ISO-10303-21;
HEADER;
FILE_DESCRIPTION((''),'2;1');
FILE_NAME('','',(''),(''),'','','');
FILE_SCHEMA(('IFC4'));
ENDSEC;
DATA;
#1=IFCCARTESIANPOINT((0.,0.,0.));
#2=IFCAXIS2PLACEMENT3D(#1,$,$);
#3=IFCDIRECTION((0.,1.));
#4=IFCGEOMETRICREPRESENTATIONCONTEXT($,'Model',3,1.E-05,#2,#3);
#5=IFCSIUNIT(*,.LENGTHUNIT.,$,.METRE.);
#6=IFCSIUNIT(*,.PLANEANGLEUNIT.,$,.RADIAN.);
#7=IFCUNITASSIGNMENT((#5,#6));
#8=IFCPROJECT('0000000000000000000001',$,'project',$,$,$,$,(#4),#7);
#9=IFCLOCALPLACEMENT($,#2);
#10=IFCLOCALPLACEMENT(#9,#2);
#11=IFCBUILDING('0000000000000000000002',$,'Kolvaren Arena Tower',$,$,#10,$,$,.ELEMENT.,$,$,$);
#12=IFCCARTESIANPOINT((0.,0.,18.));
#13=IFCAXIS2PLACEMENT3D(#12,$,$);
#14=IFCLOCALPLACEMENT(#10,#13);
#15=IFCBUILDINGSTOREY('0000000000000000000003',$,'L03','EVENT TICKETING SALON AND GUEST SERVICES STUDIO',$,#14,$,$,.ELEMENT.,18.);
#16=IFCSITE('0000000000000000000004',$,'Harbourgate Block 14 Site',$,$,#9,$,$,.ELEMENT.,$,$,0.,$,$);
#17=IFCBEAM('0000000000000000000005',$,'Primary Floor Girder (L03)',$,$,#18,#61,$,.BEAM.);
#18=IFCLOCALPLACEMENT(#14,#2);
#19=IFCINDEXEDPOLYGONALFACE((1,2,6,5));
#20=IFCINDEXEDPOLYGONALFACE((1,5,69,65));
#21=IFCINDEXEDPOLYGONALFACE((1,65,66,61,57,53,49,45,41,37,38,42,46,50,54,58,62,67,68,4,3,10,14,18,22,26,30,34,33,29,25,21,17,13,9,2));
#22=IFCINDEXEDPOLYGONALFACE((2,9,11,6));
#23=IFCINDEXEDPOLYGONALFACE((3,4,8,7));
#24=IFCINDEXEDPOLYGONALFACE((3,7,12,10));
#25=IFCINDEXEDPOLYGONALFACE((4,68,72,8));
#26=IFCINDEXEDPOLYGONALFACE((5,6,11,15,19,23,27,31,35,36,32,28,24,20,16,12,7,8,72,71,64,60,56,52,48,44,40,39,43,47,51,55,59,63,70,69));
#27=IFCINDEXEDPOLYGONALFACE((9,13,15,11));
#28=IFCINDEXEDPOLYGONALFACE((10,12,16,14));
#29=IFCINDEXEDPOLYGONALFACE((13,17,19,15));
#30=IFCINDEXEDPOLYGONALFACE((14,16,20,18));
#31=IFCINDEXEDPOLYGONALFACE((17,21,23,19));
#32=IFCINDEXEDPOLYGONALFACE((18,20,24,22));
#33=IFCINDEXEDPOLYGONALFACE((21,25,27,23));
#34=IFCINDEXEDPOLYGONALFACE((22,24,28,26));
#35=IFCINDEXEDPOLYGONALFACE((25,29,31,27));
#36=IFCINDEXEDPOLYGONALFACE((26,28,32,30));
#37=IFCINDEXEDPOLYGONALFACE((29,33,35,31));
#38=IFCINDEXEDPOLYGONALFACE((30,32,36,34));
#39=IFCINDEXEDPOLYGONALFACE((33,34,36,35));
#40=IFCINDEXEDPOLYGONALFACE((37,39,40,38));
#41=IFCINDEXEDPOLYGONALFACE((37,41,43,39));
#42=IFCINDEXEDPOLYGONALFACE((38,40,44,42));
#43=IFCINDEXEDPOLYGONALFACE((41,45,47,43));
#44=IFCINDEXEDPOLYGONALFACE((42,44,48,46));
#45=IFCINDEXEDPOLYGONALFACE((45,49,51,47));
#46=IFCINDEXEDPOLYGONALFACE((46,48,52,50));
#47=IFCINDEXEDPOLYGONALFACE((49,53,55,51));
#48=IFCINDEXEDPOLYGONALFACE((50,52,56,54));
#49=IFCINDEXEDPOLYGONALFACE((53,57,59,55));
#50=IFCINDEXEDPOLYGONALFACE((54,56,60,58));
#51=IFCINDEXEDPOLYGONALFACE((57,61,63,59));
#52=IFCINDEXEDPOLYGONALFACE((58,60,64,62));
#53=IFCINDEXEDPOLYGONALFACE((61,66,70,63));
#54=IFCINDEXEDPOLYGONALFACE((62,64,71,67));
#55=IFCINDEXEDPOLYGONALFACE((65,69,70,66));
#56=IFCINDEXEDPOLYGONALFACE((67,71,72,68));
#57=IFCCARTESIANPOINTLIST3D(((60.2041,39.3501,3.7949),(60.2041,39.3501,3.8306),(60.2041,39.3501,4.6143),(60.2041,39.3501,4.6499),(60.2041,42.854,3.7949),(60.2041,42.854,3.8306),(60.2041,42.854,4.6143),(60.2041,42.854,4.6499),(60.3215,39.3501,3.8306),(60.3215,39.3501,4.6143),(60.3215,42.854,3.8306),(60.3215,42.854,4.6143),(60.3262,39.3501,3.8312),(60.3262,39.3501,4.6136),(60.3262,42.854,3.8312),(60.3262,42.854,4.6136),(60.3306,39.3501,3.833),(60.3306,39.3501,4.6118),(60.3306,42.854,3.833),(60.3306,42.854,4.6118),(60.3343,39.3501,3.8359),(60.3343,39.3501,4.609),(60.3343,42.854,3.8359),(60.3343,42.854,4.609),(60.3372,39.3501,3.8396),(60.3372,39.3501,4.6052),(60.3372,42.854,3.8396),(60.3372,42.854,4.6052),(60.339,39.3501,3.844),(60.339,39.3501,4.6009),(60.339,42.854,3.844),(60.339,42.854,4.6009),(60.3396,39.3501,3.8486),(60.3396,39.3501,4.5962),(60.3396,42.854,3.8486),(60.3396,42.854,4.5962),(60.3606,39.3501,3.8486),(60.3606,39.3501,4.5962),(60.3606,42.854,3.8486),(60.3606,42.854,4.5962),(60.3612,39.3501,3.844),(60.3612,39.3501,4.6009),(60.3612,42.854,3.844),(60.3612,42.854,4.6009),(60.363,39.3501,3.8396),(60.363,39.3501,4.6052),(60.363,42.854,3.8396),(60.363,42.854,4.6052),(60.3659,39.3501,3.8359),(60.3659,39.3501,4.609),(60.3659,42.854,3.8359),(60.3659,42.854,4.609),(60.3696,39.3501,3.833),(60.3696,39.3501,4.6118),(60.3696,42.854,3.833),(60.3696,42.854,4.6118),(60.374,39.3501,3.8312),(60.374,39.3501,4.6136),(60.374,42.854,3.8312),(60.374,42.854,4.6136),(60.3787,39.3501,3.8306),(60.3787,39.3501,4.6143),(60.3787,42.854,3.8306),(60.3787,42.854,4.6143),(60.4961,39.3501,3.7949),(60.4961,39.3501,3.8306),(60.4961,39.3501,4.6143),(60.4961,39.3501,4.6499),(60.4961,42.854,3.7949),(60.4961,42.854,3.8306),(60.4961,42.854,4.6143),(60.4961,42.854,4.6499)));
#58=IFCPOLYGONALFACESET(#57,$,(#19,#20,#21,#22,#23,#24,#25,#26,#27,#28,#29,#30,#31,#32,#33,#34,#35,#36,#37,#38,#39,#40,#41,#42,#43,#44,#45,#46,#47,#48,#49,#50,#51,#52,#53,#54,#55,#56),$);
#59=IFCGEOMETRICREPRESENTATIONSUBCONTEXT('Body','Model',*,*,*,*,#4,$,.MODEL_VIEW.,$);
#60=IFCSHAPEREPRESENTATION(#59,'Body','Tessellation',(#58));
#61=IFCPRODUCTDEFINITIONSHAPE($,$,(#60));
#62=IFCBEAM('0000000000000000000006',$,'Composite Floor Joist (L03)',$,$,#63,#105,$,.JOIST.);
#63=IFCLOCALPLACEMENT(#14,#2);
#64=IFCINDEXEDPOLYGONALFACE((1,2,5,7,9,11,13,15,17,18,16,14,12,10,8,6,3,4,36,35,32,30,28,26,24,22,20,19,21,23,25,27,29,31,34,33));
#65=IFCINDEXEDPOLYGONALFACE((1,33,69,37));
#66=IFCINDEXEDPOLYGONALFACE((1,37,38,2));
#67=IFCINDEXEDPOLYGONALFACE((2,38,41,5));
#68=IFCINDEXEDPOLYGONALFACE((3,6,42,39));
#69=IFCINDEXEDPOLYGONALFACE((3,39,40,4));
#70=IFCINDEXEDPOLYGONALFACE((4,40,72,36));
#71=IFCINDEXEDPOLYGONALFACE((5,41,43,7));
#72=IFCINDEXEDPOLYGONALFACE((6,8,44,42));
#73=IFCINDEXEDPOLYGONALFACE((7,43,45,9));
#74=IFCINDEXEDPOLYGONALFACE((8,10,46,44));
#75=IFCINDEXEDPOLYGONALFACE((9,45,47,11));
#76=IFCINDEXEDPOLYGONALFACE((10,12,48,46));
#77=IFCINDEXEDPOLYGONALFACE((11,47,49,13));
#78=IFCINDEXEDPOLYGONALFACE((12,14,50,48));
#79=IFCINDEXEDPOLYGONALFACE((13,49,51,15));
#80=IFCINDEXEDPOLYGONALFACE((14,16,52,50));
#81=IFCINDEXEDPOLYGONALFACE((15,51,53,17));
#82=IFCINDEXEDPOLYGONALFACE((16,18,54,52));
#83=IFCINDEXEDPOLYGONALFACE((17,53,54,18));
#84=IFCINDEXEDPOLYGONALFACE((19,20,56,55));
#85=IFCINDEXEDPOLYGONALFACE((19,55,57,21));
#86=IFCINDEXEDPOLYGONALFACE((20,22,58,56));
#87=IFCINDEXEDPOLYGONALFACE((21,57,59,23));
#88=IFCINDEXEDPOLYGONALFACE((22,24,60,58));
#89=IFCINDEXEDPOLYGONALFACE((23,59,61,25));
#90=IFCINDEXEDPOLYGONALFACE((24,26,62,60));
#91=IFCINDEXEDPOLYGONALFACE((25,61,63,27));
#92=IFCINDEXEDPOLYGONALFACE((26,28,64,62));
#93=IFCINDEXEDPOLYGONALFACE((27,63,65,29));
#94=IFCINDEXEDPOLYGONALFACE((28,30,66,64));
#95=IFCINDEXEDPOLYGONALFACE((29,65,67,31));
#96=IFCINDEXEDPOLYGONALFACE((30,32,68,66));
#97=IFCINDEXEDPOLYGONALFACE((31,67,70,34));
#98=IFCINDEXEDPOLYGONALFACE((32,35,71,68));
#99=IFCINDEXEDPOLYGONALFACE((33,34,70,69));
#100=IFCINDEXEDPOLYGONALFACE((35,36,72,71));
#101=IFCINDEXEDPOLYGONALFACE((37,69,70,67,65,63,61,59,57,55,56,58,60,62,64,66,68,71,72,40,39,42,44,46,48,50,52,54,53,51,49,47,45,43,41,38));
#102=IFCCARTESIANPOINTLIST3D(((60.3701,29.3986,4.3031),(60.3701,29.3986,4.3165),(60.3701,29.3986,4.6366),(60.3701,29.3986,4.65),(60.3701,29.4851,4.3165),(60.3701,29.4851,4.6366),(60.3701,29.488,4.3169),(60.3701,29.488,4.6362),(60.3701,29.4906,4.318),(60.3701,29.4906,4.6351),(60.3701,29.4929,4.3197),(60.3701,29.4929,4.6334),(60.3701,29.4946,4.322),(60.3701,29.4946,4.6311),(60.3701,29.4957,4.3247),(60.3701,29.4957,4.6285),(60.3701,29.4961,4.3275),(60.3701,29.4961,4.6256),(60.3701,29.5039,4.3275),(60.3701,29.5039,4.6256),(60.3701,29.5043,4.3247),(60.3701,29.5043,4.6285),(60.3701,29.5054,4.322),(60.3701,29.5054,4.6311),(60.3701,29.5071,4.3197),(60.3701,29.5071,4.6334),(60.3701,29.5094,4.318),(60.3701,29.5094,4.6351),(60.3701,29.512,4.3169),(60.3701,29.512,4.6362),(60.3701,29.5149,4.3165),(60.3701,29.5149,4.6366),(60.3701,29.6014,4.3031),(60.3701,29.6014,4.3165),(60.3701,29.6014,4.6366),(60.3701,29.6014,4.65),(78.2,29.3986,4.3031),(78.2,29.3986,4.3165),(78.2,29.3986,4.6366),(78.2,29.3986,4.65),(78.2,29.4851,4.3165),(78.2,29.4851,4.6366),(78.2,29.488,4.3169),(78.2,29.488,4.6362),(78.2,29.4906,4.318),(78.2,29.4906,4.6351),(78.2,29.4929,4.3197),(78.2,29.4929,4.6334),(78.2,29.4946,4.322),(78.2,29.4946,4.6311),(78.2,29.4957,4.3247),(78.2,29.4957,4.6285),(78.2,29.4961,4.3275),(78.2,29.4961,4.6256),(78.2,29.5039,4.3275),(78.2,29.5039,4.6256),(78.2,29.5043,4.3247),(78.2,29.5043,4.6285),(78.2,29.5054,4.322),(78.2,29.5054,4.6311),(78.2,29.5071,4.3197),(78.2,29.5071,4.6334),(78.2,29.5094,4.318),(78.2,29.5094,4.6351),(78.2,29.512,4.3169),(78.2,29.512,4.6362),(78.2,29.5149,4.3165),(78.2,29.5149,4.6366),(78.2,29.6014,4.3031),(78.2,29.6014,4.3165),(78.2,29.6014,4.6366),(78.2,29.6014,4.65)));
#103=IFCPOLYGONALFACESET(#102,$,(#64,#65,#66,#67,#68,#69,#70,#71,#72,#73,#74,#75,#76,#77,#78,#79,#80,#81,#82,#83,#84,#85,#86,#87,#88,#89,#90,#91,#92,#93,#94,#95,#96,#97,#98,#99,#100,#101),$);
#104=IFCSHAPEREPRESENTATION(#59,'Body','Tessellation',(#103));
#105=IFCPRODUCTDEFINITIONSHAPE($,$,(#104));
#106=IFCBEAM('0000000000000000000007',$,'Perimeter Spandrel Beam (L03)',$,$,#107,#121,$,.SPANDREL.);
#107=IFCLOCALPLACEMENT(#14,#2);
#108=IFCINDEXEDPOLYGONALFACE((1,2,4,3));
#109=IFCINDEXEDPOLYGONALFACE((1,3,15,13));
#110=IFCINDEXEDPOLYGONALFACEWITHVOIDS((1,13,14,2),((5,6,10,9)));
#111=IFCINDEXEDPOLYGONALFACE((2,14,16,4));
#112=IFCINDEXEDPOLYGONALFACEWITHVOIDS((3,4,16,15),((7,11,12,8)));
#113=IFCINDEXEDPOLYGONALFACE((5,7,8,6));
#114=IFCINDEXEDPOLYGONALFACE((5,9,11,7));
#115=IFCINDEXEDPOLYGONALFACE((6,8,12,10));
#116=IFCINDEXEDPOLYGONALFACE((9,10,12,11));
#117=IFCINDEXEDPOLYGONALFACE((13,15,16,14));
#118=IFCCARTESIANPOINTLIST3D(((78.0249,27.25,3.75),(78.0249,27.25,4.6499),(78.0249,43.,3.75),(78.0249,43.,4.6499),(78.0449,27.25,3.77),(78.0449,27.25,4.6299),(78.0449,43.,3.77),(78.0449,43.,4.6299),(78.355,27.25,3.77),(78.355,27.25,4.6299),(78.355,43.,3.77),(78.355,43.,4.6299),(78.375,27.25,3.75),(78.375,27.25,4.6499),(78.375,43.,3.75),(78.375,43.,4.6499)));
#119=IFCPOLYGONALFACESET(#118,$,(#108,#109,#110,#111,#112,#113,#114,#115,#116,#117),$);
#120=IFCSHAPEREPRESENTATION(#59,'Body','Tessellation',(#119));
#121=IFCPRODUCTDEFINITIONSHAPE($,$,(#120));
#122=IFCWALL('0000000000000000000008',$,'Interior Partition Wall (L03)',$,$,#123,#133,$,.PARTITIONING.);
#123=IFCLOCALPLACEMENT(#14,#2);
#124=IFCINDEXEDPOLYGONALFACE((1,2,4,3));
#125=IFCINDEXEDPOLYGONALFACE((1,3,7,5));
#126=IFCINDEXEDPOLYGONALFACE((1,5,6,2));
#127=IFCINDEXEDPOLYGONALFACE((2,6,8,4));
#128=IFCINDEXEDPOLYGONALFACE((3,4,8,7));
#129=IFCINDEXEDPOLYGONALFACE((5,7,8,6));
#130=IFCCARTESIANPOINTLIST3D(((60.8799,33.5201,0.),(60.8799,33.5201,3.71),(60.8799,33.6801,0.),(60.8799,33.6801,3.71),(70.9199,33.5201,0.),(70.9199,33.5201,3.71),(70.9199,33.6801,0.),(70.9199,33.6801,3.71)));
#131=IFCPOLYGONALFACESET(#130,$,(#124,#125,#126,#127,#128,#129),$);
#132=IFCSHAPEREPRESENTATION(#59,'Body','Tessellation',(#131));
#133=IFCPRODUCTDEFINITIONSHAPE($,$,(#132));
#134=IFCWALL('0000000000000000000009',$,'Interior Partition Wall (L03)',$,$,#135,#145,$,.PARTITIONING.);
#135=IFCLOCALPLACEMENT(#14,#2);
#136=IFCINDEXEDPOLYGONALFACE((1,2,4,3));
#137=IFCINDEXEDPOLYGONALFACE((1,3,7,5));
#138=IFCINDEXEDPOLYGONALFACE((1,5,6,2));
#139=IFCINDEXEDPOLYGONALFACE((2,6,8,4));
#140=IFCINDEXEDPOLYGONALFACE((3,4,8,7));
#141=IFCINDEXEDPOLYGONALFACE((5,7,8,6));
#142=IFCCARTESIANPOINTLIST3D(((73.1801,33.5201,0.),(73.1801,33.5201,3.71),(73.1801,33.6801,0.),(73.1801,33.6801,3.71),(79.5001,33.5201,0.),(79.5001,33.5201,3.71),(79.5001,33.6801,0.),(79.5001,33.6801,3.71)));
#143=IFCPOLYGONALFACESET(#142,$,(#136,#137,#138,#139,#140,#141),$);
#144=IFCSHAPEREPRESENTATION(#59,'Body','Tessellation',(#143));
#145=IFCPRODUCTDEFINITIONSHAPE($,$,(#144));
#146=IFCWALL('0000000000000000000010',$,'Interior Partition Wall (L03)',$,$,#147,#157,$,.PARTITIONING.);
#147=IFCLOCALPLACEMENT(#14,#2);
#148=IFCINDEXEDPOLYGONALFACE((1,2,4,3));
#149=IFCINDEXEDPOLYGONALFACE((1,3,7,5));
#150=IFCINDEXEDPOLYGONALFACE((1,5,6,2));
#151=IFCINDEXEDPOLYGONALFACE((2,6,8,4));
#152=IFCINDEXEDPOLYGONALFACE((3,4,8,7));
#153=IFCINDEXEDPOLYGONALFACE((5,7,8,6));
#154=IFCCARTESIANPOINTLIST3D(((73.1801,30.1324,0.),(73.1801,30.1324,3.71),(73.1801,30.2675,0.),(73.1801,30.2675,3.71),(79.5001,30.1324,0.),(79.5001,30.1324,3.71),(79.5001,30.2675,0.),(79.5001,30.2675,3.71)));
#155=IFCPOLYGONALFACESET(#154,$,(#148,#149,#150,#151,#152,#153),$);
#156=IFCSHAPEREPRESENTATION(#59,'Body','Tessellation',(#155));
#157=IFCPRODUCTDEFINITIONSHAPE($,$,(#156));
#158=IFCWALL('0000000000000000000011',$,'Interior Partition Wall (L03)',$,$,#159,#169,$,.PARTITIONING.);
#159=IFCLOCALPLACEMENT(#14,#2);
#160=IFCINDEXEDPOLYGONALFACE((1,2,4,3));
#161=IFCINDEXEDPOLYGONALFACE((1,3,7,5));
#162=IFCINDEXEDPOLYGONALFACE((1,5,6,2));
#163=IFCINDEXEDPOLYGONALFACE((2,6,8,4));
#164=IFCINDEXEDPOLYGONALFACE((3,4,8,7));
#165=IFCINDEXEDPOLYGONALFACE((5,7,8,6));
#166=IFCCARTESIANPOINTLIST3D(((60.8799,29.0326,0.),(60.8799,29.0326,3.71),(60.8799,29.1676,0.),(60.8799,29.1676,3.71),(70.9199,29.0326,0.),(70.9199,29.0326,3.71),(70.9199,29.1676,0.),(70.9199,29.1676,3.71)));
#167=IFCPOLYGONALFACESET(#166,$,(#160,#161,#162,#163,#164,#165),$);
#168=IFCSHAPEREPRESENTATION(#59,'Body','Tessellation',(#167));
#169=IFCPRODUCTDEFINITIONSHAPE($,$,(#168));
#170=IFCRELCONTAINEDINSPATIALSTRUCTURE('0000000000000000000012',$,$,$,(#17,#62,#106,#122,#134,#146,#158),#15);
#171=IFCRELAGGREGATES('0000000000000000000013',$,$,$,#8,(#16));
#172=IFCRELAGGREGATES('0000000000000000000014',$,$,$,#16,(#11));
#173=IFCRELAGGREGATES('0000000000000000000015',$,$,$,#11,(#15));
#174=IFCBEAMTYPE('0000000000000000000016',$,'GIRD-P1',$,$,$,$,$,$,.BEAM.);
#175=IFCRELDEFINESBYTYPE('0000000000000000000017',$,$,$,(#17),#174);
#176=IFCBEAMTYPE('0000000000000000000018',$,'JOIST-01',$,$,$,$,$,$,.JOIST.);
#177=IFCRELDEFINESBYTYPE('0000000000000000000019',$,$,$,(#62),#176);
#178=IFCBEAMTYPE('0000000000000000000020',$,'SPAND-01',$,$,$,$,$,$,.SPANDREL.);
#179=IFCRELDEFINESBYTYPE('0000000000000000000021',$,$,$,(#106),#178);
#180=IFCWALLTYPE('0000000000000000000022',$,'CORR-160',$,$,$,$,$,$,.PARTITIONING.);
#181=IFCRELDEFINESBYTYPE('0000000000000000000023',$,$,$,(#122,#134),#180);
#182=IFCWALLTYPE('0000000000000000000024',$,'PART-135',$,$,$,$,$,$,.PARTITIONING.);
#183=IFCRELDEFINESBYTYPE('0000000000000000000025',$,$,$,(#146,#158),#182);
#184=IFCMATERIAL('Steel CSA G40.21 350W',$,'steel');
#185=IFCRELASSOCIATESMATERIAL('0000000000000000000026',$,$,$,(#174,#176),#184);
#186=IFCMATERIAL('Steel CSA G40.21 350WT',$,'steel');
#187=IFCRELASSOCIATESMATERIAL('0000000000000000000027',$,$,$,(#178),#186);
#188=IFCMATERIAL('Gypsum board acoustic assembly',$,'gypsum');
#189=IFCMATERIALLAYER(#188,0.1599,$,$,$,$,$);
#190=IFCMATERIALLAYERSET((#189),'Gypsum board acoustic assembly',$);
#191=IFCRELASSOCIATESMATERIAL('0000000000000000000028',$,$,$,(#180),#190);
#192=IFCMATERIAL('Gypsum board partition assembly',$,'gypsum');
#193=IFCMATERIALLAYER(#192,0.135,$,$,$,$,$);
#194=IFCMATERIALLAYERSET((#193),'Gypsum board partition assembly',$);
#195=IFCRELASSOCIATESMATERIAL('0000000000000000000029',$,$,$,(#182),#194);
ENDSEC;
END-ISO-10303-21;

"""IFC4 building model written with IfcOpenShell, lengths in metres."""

from ifc_helpers import new_model, si_unit, direction, frame, frame_2d, origin, origin_2d, place, context, subcontext, project, spatial, rectangle, hollow_rectangle, i_section, extrude, material, layer, layer_set, material_profile, profile_set, type_object, element, save


model = new_model("IFC4")

# Units and contexts
model_context = context("Model", 3, precision=1e-05, world=origin(), true_north=direction((0.0, 1.0)))
body_context = subcontext(model_context, "Body", "Model", "MODEL_VIEW")
ifc_project = project(units=[si_unit("LENGTHUNIT", "METRE"), si_unit("PLANEANGLEUNIT", "RADIAN")], contexts=[model_context])

# Site, building, storey
site_placement = place(None, origin())
site = spatial("IfcSite", under=ifc_project, at=site_placement, Name="Harbourgate Block 14 Site", CompositionType="ELEMENT", RefElevation=0.0)
building_placement = place(site_placement, origin())
building = spatial("IfcBuilding", under=site, at=building_placement, Name="Kolvaren Arena Tower", CompositionType="ELEMENT")
storey_placement = place(building_placement, frame((0.0, 0.0, 18.0)))
storey = spatial("IfcBuildingStorey", under=building, at=storey_placement, Name="L03", Description="EVENT TICKETING SALON AND GUEST SERVICES STUDIO", CompositionType="ELEMENT", Elevation=18.0)

# Beams
ifc_material_1 = material(Name="Steel CSA G40.21 350W", Category="steel")
ifc_material_profile_1 = material_profile(ifc_material_1, i_section(OverallWidth=0.292, OverallDepth=0.855, WebThickness=0.021, FlangeThickness=0.0356, FilletRadius=0.0181, at=origin_2d()), Name="W840x299")
ifc_profile_set_1 = profile_set([ifc_material_profile_1], Name="Steel CSA G40.21 350W")
beam_type_1 = type_object("IfcBeamType", Name="GIRD-P1", PredefinedType="BEAM", material=ifc_profile_set_1)
beam_1_placement = place(storey_placement, frame((60.3501, 39.3501, 4.2224), z_axis=(0.0, 1.0, 0.0), x_axis=(-1.0, 0.0, 0.0)))
element("IfcBeam", 1, at=beam_1_placement, inside=storey, type_object=beam_type_1, Name="Primary Floor Girder (L03)", PredefinedType="BEAM", context=body_context, shape_type="SweptSolid", body=[
    extrude(i_section(OverallWidth=0.292, OverallDepth=0.855, WebThickness=0.021, FlangeThickness=0.0356, FilletRadius=0.0181, at=origin_2d()), origin(), (0.0, 0.0, 1.0), 3.5039),
])
ifc_material_profile_2 = material_profile(ifc_material_1, i_section(OverallWidth=0.2029, OverallDepth=0.3469, WebThickness=0.0078, FlangeThickness=0.0134, FilletRadius=0.011, at=origin_2d()), Name="W360x64")
ifc_profile_set_2 = profile_set([ifc_material_profile_2], Name="Steel CSA G40.21 350W")
beam_type_2 = type_object("IfcBeamType", Name="JOIST-01", PredefinedType="JOIST", material=ifc_profile_set_2)
beam_2_placement = place(storey_placement, frame((60.3701, 29.5, 4.4766), z_axis=(1.0, 0.0, 0.0), x_axis=(0.0, 1.0, 0.0)))
element("IfcBeam", 2, at=beam_2_placement, inside=storey, type_object=beam_type_2, Name="Composite Floor Joist (L03)", PredefinedType="JOIST", context=body_context, shape_type="SweptSolid", body=[
    extrude(i_section(OverallWidth=0.2029, OverallDepth=0.3469, WebThickness=0.0078, FlangeThickness=0.0134, FilletRadius=0.011, at=origin_2d()), origin(), (0.0, 0.0, 1.0), 17.8298),
])
ifc_material_2 = material(Name="Steel CSA G40.21 350WT", Category="steel")
ifc_material_profile_3 = material_profile(ifc_material_2, hollow_rectangle(XDim=0.3501, YDim=0.8999, WallThickness=0.02, at=origin_2d()), Name="HSS 900x350x20")
ifc_profile_set_3 = profile_set([ifc_material_profile_3], Name="Steel CSA G40.21 350WT")
beam_type_3 = type_object("IfcBeamType", Name="SPAND-01", PredefinedType="SPANDREL", material=ifc_profile_set_3)
beam_3_placement = place(storey_placement, frame((78.2, 27.25, 4.2), z_axis=(0.0, 1.0, 0.0), x_axis=(-1.0, 0.0, 0.0)))
element("IfcBeam", 3, at=beam_3_placement, inside=storey, type_object=beam_type_3, Name="Perimeter Spandrel Beam (L03)", PredefinedType="SPANDREL", context=body_context, shape_type="SweptSolid", body=[
    extrude(hollow_rectangle(XDim=0.3501, YDim=0.8999, WallThickness=0.02, at=origin_2d()), origin(), (0.0, 0.0, 1.0), 15.75),
])

# Walls
ifc_material_3 = material(Name="Gypsum board acoustic assembly", Category="gypsum")
ifc_layer_1 = layer(ifc_material_3, 0.1599)
ifc_layer_set_1 = layer_set([ifc_layer_1], Name="Gypsum board acoustic assembly")
wall_type_1 = type_object("IfcWallType", Name="CORR-160", PredefinedType="PARTITIONING", material=ifc_layer_set_1)
wall_1_placement = place(storey_placement, frame((60.8799, 33.6001, 0.0), z_axis=(0.0, 0.0, 1.0), x_axis=(1.0, 0.0, 0.0)))
element("IfcWall", 4, at=wall_1_placement, inside=storey, type_object=wall_type_1, Name="Interior Partition Wall (L03)", PredefinedType="PARTITIONING", context=body_context, shape_type="SweptSolid", body=[
    extrude(rectangle(XDim=10.04, YDim=0.1599, at=frame_2d((5.02, 0.0))), origin(), (0.0, 0.0, 1.0), 3.71),
])
wall_2_placement = place(storey_placement, frame((73.1799, 33.6001, 0.0), z_axis=(0.0, 0.0, 1.0), x_axis=(1.0, 0.0, 0.0)))
element("IfcWall", 5, at=wall_2_placement, inside=storey, type_object=wall_type_1, Name="Interior Partition Wall (L03)", PredefinedType="PARTITIONING", context=body_context, shape_type="SweptSolid", body=[
    extrude(rectangle(XDim=6.3201, YDim=0.1599, at=frame_2d((3.1602, 0.0))), origin(), (0.0, 0.0, 1.0), 3.71),
])
ifc_material_4 = material(Name="Gypsum board partition assembly", Category="gypsum")
ifc_layer_2 = layer(ifc_material_4, 0.135)
ifc_layer_set_2 = layer_set([ifc_layer_2], Name="Gypsum board partition assembly")
wall_type_2 = type_object("IfcWallType", Name="PART-135", PredefinedType="PARTITIONING", material=ifc_layer_set_2)
wall_3_placement = place(storey_placement, frame((73.1799, 30.2, 0.0), z_axis=(0.0, 0.0, 1.0), x_axis=(1.0, 0.0, 0.0)))
element("IfcWall", 6, at=wall_3_placement, inside=storey, type_object=wall_type_2, Name="Interior Partition Wall (L03)", PredefinedType="PARTITIONING", context=body_context, shape_type="SweptSolid", body=[
    extrude(rectangle(XDim=6.3201, YDim=0.135, at=frame_2d((3.1602, 0.0))), origin(), (0.0, 0.0, 1.0), 3.71),
])
wall_4_placement = place(storey_placement, frame((60.8799, 29.1001, 0.0), z_axis=(0.0, 0.0, 1.0), x_axis=(1.0, 0.0, 0.0)))
element("IfcWall", 7, at=wall_4_placement, inside=storey, type_object=wall_type_2, Name="Interior Partition Wall (L03)", PredefinedType="PARTITIONING", context=body_context, shape_type="SweptSolid", body=[
    extrude(rectangle(XDim=10.04, YDim=0.135, at=frame_2d((5.02, 0.0))), origin(), (0.0, 0.0, 1.0), 3.71),
])

save(model, "model.ifc")
